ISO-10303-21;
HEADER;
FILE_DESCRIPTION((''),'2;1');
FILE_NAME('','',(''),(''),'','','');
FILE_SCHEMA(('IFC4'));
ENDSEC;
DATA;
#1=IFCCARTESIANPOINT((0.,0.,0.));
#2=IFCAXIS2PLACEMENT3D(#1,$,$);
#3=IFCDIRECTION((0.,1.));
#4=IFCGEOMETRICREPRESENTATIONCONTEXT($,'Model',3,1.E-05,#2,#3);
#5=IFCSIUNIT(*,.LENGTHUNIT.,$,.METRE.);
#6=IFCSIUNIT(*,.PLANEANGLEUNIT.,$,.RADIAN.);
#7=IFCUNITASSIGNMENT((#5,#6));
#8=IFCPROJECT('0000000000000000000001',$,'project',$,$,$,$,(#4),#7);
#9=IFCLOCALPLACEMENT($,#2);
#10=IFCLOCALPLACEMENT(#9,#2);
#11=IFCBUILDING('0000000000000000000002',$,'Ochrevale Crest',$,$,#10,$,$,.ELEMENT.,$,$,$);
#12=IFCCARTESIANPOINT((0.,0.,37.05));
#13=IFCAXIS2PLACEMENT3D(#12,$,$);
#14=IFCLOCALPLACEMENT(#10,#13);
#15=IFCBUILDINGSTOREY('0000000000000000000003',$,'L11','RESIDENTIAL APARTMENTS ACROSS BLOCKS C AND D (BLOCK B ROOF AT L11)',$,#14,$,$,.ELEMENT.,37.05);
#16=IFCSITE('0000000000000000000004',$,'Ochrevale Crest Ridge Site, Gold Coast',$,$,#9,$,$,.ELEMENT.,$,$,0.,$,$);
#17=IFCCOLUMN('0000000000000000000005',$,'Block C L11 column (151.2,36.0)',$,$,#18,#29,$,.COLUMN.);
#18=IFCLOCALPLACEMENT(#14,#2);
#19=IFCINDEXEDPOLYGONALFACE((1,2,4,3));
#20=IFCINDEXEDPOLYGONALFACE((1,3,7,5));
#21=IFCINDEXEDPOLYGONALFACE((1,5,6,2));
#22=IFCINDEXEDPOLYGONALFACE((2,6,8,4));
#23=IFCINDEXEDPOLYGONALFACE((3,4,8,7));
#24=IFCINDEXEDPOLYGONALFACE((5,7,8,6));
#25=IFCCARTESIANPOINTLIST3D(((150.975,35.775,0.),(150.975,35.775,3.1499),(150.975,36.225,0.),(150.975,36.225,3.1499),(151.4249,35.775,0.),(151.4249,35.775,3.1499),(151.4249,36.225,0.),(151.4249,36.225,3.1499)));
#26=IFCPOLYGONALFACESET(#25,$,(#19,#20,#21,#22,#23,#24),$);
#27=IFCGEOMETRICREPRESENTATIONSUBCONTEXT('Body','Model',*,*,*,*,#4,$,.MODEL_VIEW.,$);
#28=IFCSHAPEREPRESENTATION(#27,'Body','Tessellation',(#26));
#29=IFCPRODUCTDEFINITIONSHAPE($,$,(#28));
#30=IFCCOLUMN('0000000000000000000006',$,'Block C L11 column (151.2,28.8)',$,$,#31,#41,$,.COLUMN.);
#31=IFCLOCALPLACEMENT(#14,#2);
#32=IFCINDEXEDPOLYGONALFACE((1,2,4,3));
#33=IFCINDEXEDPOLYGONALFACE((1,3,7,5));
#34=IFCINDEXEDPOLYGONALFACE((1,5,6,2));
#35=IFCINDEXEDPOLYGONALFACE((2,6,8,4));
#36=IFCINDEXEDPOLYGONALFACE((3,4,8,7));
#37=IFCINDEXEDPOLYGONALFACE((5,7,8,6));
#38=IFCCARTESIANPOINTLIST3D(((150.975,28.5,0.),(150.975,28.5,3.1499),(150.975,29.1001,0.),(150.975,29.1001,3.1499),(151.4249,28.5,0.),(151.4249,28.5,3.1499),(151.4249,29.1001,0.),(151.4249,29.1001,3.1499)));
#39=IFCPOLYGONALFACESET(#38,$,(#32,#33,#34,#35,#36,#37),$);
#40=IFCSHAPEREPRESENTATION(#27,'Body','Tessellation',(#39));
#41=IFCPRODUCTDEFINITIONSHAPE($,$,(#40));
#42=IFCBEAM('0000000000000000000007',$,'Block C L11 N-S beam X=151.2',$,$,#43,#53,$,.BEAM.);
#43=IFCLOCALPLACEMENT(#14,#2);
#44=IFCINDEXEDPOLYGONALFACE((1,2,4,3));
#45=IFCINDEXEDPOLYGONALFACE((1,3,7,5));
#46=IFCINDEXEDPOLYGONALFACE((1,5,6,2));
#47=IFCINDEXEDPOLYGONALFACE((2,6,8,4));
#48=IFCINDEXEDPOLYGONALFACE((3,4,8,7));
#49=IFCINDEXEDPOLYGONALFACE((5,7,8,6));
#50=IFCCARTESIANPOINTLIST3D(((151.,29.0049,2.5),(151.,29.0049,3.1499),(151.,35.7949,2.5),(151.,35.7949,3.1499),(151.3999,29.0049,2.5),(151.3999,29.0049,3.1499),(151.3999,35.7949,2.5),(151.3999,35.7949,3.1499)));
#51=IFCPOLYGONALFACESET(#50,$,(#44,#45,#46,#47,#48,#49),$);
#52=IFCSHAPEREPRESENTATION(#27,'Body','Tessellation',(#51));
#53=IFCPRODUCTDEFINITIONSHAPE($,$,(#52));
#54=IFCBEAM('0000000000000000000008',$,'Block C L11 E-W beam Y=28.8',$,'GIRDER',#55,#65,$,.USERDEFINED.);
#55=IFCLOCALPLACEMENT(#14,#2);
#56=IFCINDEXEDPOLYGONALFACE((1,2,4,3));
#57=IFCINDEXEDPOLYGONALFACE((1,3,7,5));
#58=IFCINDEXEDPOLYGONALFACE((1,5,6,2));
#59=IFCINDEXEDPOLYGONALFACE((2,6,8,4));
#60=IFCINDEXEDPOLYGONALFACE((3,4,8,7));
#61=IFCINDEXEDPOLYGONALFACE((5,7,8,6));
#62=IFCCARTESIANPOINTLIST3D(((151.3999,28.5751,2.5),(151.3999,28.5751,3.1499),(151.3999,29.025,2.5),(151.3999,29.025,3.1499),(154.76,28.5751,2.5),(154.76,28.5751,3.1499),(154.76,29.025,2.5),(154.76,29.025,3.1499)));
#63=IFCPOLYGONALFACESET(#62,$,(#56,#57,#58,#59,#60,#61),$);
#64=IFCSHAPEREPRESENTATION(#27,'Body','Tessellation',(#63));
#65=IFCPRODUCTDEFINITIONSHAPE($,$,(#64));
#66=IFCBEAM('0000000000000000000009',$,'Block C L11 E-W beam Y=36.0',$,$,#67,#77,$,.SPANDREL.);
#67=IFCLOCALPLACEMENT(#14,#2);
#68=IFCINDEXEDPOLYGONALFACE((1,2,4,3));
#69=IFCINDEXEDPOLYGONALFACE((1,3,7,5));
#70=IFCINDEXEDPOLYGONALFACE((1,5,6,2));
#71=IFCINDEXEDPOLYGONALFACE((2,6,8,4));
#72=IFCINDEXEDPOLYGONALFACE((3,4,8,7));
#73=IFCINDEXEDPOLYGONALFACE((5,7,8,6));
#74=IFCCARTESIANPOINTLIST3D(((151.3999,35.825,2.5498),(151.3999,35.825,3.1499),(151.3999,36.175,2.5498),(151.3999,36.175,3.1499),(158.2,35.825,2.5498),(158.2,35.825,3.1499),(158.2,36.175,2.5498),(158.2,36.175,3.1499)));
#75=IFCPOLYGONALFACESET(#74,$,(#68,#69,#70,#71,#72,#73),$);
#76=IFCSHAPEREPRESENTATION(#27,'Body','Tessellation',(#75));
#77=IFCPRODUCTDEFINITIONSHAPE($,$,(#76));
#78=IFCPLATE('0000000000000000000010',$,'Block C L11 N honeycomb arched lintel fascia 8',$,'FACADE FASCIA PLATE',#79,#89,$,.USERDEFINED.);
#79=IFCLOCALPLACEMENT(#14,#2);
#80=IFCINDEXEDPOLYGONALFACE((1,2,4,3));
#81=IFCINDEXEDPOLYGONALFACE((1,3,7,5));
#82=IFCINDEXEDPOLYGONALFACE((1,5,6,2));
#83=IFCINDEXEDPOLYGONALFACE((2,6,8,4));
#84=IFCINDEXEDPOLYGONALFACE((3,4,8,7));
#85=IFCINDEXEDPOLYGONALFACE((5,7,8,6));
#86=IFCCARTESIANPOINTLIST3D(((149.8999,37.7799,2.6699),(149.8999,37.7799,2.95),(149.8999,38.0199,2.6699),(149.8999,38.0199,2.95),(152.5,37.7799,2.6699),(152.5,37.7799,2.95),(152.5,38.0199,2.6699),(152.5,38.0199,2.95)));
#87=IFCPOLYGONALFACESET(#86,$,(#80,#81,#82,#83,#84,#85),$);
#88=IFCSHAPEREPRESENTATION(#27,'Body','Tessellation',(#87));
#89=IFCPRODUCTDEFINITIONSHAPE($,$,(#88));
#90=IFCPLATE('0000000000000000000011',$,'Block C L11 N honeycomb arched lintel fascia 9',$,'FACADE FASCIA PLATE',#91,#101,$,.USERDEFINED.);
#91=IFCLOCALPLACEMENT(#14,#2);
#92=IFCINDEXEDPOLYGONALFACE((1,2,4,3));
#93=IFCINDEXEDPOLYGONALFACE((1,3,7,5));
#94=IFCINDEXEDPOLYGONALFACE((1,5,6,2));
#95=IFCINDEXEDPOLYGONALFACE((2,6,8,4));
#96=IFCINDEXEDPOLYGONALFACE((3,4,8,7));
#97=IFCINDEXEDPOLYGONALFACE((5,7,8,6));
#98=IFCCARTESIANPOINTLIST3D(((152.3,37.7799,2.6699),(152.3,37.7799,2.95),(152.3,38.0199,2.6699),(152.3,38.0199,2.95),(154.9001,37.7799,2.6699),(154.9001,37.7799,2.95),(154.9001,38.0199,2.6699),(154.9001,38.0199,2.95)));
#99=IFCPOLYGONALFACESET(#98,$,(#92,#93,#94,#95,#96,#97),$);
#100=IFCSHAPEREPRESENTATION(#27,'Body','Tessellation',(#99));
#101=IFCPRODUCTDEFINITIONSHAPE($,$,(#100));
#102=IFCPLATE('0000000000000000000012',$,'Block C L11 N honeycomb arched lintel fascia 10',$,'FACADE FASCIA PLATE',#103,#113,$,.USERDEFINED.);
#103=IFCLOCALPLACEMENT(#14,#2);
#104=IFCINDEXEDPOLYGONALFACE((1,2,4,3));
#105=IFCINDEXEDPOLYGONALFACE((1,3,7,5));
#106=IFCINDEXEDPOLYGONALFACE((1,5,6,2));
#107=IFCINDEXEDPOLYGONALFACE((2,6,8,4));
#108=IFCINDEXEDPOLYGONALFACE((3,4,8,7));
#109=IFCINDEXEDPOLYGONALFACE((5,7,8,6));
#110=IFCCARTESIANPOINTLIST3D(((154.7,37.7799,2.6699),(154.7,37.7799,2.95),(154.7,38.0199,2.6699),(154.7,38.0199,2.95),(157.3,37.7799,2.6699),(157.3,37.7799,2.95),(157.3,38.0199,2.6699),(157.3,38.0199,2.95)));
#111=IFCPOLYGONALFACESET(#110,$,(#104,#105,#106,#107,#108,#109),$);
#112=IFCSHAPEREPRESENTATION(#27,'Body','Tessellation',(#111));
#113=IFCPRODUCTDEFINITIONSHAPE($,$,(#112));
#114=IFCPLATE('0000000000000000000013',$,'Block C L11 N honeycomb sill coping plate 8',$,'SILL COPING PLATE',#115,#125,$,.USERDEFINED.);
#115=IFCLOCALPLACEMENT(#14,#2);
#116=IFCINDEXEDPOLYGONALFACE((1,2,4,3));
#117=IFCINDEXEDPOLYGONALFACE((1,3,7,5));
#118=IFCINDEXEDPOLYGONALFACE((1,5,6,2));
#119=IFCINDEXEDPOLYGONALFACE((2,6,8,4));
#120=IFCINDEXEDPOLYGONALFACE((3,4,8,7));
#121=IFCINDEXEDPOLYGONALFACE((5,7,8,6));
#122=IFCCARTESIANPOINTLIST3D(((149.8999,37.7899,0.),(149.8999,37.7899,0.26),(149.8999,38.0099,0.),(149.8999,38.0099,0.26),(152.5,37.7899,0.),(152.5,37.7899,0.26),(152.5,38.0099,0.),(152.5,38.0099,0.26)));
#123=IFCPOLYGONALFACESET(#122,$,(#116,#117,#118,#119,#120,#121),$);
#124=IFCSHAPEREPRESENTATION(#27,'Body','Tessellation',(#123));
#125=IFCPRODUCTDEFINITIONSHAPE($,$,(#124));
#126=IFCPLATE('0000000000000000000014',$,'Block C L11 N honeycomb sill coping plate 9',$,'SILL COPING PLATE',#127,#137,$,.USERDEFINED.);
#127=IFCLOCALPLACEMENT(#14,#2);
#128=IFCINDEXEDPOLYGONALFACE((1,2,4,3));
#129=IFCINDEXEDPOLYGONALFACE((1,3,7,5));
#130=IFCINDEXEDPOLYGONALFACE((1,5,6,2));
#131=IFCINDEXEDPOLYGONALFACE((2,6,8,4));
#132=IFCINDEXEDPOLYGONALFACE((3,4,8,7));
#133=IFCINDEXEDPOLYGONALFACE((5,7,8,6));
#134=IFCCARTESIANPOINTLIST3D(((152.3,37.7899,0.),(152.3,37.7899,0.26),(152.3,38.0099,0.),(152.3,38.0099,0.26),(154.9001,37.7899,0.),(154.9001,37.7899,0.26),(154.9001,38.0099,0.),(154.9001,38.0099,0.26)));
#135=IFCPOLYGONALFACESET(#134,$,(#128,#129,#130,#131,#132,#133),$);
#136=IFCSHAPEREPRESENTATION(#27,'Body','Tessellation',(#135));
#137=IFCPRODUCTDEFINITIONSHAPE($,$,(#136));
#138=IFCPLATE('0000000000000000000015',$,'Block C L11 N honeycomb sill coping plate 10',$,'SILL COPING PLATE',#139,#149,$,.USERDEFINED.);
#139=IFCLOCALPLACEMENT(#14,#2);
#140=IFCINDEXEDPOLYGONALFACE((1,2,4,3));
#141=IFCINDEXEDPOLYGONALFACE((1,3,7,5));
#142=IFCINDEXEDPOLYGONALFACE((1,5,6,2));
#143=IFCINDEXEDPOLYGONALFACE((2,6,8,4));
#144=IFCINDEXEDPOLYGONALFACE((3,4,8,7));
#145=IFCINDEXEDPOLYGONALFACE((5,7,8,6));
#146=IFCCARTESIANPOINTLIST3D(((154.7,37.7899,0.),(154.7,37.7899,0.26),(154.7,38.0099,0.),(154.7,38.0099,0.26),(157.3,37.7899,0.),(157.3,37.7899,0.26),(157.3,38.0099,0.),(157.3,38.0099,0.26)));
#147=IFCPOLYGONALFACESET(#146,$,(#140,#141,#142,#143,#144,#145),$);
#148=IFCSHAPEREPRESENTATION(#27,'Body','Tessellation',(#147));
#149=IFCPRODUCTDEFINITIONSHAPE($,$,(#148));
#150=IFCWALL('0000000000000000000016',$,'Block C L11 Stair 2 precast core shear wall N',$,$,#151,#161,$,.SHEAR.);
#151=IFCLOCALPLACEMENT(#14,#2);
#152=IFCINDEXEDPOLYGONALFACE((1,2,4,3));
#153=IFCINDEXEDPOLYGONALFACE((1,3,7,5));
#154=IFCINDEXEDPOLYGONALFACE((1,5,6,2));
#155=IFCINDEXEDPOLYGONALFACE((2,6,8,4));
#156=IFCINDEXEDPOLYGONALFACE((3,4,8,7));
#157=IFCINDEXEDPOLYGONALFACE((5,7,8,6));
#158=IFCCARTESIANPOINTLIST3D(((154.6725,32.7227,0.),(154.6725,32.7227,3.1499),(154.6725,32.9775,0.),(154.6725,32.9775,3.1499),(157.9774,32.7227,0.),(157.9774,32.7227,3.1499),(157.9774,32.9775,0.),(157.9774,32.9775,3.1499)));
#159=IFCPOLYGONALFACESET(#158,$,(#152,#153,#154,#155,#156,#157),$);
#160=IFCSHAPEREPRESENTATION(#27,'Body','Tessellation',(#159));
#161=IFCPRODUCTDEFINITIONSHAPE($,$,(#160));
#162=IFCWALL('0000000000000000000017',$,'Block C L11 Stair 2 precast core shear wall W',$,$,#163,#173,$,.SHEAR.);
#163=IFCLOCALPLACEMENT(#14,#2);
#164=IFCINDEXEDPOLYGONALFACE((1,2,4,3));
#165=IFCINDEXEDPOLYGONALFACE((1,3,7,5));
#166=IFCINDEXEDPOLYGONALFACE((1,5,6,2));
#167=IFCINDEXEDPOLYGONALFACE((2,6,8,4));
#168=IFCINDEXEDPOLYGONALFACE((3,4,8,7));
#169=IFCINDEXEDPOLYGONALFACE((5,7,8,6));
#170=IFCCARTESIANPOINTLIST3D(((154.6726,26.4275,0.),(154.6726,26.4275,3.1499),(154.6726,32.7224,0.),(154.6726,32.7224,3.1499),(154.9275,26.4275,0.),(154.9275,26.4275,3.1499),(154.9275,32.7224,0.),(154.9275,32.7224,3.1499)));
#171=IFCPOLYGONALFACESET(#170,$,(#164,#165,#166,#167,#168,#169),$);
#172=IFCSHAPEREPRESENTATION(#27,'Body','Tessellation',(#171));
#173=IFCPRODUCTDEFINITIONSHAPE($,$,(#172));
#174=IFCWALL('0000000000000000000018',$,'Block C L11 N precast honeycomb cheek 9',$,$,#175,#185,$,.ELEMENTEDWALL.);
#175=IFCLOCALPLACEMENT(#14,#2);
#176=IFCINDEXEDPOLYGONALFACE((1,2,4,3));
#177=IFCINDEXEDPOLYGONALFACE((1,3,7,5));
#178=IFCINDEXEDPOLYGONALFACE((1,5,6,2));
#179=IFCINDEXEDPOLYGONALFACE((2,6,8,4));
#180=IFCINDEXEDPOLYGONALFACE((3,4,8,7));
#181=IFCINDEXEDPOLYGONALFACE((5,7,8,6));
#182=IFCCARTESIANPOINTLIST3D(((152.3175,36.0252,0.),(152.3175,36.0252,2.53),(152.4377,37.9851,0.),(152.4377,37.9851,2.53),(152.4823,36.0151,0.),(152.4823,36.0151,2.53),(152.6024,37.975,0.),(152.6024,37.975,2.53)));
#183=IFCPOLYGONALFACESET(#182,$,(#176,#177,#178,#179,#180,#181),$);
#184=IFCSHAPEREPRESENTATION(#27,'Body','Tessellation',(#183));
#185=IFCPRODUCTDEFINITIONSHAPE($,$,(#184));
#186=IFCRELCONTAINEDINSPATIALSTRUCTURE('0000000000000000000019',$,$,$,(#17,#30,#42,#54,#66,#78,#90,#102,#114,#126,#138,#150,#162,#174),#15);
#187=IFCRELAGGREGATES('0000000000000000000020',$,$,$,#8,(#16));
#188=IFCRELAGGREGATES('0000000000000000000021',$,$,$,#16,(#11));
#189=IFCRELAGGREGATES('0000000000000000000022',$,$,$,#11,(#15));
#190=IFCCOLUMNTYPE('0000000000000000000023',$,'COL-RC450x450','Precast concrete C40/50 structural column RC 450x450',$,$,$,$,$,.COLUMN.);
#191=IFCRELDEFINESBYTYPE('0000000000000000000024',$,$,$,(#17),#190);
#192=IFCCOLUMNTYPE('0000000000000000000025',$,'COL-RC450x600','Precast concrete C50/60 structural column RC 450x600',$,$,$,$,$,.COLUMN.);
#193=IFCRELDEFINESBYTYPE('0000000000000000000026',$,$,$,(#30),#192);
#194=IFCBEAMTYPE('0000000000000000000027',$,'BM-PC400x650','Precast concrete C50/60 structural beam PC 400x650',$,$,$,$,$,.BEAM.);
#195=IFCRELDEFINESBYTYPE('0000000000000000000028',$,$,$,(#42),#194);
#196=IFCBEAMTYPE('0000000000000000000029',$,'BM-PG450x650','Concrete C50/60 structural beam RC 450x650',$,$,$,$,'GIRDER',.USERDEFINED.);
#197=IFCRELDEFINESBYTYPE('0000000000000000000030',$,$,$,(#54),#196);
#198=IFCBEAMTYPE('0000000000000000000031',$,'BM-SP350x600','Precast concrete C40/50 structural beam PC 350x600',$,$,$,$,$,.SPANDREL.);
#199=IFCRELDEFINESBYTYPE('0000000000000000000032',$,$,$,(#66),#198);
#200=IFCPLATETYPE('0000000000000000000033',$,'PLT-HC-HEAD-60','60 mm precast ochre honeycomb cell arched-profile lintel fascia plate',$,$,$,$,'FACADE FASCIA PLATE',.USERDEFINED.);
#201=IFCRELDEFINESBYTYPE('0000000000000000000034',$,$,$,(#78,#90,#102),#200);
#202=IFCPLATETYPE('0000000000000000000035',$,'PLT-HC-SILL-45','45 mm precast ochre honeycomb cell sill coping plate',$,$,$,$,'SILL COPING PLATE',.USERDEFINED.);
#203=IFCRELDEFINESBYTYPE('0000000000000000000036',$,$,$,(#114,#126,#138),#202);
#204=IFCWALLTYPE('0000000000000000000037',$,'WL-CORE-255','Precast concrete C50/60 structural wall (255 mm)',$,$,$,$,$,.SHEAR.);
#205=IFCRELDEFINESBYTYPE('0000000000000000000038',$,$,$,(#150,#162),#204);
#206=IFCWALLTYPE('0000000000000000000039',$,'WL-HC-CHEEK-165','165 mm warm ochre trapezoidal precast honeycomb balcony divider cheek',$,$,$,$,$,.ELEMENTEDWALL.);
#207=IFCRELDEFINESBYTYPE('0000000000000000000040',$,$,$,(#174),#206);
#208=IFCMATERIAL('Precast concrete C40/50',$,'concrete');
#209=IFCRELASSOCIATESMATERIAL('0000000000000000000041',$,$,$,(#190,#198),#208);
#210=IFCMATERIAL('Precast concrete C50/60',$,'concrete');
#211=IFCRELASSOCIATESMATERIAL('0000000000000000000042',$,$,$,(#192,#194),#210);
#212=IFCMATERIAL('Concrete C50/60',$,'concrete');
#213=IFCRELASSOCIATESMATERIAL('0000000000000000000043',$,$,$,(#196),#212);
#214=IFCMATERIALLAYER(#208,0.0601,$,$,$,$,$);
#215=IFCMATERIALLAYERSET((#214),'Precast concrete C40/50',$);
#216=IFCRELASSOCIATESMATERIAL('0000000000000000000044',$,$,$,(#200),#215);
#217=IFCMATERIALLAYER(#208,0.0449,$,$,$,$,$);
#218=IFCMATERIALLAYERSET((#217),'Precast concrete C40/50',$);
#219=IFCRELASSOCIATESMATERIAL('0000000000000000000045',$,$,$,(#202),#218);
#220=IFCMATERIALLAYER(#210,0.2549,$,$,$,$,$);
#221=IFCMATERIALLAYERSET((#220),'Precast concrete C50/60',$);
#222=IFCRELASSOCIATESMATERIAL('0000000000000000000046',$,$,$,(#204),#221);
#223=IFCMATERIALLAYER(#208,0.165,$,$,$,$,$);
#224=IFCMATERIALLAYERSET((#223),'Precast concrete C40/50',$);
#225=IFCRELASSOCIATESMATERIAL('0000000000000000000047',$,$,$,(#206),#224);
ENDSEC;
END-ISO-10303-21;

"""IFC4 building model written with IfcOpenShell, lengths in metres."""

from ifc_helpers import new_model, si_unit, direction, frame, frame_2d, origin, origin_2d, place, context, subcontext, project, spatial, rectangle, extrude, material, layer, layer_set, material_profile, profile_set, type_object, element, save


model = new_model("IFC4")

# Units and contexts
model_context = context("Model", 3, precision=1e-05, world=origin(), true_north=direction((0.0, 1.0)))
body_context = subcontext(model_context, "Body", "Model", "MODEL_VIEW")
ifc_project = project(units=[si_unit("LENGTHUNIT", "METRE"), si_unit("PLANEANGLEUNIT", "RADIAN")], contexts=[model_context])

# Site, building, storey
site_placement = place(None, origin())
site = spatial("IfcSite", under=ifc_project, at=site_placement, Name="Ochrevale Crest Ridge Site, Gold Coast", CompositionType="ELEMENT", RefElevation=0.0)
building_placement = place(site_placement, origin())
building = spatial("IfcBuilding", under=site, at=building_placement, Name="Ochrevale Crest", CompositionType="ELEMENT")
storey_placement = place(building_placement, frame((0.0, 0.0, 37.05)))
storey = spatial("IfcBuildingStorey", under=building, at=storey_placement, Name="L11", Description="RESIDENTIAL APARTMENTS ACROSS BLOCKS C AND D (BLOCK B ROOF AT L11)", CompositionType="ELEMENT", Elevation=37.05)

# Columns
ifc_material_1 = material(Name="Precast concrete C40/50", Category="concrete")
ifc_material_profile_1 = material_profile(ifc_material_1, rectangle(XDim=0.45, YDim=0.45, at=origin_2d()), Name="RC 450x450")
ifc_profile_set_1 = profile_set([ifc_material_profile_1], Name="Precast concrete C40/50")
column_type_1 = type_object("IfcColumnType", Name="COL-RC450x450", Description="Precast concrete C40/50 structural column RC 450x450", PredefinedType="COLUMN", material=ifc_profile_set_1)
column_1_placement = place(storey_placement, frame((151.2, 36.0, 0.0), z_axis=(0.0, 0.0, 1.0), x_axis=(1.0, 0.0, 0.0)))
element("IfcColumn", 1, at=column_1_placement, inside=storey, type_object=column_type_1, Name="Block C L11 column (151.2,36.0)", PredefinedType="COLUMN", context=body_context, shape_type="SweptSolid", body=[
    extrude(rectangle(XDim=0.45, YDim=0.45, at=origin_2d()), origin(), (0.0, 0.0, 1.0), 3.1499),
])
ifc_material_2 = material(Name="Precast concrete C50/60", Category="concrete")
ifc_material_profile_2 = material_profile(ifc_material_2, rectangle(XDim=0.45, YDim=0.6001, at=origin_2d()), Name="RC 450x600")
ifc_profile_set_2 = profile_set([ifc_material_profile_2], Name="Precast concrete C50/60")
column_type_2 = type_object("IfcColumnType", Name="COL-RC450x600", Description="Precast concrete C50/60 structural column RC 450x600", PredefinedType="COLUMN", material=ifc_profile_set_2)
column_2_placement = place(storey_placement, frame((151.2, 28.8, 0.0), z_axis=(0.0, 0.0, 1.0), x_axis=(1.0, 0.0, 0.0)))
element("IfcColumn", 2, at=column_2_placement, inside=storey, type_object=column_type_2, Name="Block C L11 column (151.2,28.8)", PredefinedType="COLUMN", context=body_context, shape_type="SweptSolid", body=[
    extrude(rectangle(XDim=0.45, YDim=0.6001, at=origin_2d()), origin(), (0.0, 0.0, 1.0), 3.1499),
])

# Beams
ifc_material_profile_3 = material_profile(ifc_material_2, rectangle(XDim=0.3999, YDim=0.6499, at=origin_2d()), Name="PC 400x650")
ifc_profile_set_3 = profile_set([ifc_material_profile_3], Name="Precast concrete C50/60")
beam_type_1 = type_object("IfcBeamType", Name="BM-PC400x650", Description="Precast concrete C50/60 structural beam PC 400x650", PredefinedType="BEAM", material=ifc_profile_set_3)
beam_1_placement = place(storey_placement, frame((151.2, 29.0049, 2.825), z_axis=(0.0, 1.0, 0.0), x_axis=(-1.0, 0.0, 0.0)))
element("IfcBeam", 3, at=beam_1_placement, inside=storey, type_object=beam_type_1, Name="Block C L11 N-S beam X=151.2", PredefinedType="BEAM", context=body_context, shape_type="SweptSolid", body=[
    extrude(rectangle(XDim=0.3999, YDim=0.6499, at=origin_2d()), origin(), (0.0, 0.0, 1.0), 6.79),
])
ifc_material_3 = material(Name="Concrete C50/60", Category="concrete")
ifc_material_profile_4 = material_profile(ifc_material_3, rectangle(XDim=0.45, YDim=0.6499, at=origin_2d()), Name="RC 450x650")
ifc_profile_set_4 = profile_set([ifc_material_profile_4], Name="Concrete C50/60")
beam_type_2 = type_object("IfcBeamType", Name="BM-PG450x650", Description="Concrete C50/60 structural beam RC 450x650", ElementType="GIRDER", PredefinedType="USERDEFINED", material=ifc_profile_set_4)
beam_2_placement = place(storey_placement, frame((151.3999, 28.8, 2.825), z_axis=(1.0, 0.0, 0.0), x_axis=(0.0, 1.0, 0.0)))
element("IfcBeam", 4, at=beam_2_placement, inside=storey, type_object=beam_type_2, Name="Block C L11 E-W beam Y=28.8", ObjectType="GIRDER", PredefinedType="USERDEFINED", context=body_context, shape_type="SweptSolid", body=[
    extrude(rectangle(XDim=0.45, YDim=0.6499, at=origin_2d()), origin(), (0.0, 0.0, 1.0), 3.3601),
])
ifc_material_profile_5 = material_profile(ifc_material_1, rectangle(XDim=0.3501, YDim=0.6001, at=origin_2d()), Name="PC 350x600")
ifc_profile_set_5 = profile_set([ifc_material_profile_5], Name="Precast concrete C40/50")
beam_type_3 = type_object("IfcBeamType", Name="BM-SP350x600", Description="Precast concrete C40/50 structural beam PC 350x600", PredefinedType="SPANDREL", material=ifc_profile_set_5)
beam_3_placement = place(storey_placement, frame((151.3999, 36.0, 2.8499), z_axis=(1.0, 0.0, 0.0), x_axis=(0.0, 1.0, 0.0)))
element("IfcBeam", 5, at=beam_3_placement, inside=storey, type_object=beam_type_3, Name="Block C L11 E-W beam Y=36.0", PredefinedType="SPANDREL", context=body_context, shape_type="SweptSolid", body=[
    extrude(rectangle(XDim=0.3501, YDim=0.6001, at=origin_2d()), origin(), (0.0, 0.0, 1.0), 6.8),
])

# Plates
ifc_layer_1 = layer(ifc_material_1, 0.0601)
ifc_layer_set_1 = layer_set([ifc_layer_1], Name="Precast concrete C40/50")
plate_type_1 = type_object("IfcPlateType", Name="PLT-HC-HEAD-60", Description="60 mm precast ochre honeycomb cell arched-profile lintel fascia plate", ElementType="FACADE FASCIA PLATE", PredefinedType="USERDEFINED", material=ifc_layer_set_1)
for number, where, z_axis, x_axis, name in (
    (6, (151.2, 37.8999, 2.6699), (0.0, 0.0, 1.0), (1.0, 0.0, 0.0), "Block C L11 N honeycomb arched lintel fascia 8"),
    (7, (153.6001, 37.8999, 2.6699), (0.0, 0.0, 1.0), (1.0, 0.0, 0.0), "Block C L11 N honeycomb arched lintel fascia 9"),
    (8, (156.0, 37.8999, 2.6699), (0.0, 0.0, 1.0), (1.0, 0.0, 0.0), "Block C L11 N honeycomb arched lintel fascia 10"),
):
    element("IfcPlate", number, at=place(storey_placement, frame(where, z_axis=z_axis, x_axis=x_axis)), inside=storey, type_object=plate_type_1, Name=name, ObjectType="FACADE FASCIA PLATE", PredefinedType="USERDEFINED", context=body_context, shape_type="SweptSolid", body=[
        extrude(rectangle(XDim=2.6001, YDim=0.24, at=origin_2d()), origin(), (0.0, 0.0, 1.0), 0.28),
    ])
ifc_layer_2 = layer(ifc_material_1, 0.0449)
ifc_layer_set_2 = layer_set([ifc_layer_2], Name="Precast concrete C40/50")
plate_type_2 = type_object("IfcPlateType", Name="PLT-HC-SILL-45", Description="45 mm precast ochre honeycomb cell sill coping plate", ElementType="SILL COPING PLATE", PredefinedType="USERDEFINED", material=ifc_layer_set_2)
for number, where, z_axis, x_axis, name in (
    (9, (151.2, 37.8999, 0.0), (0.0, 0.0, 1.0), (1.0, 0.0, 0.0), "Block C L11 N honeycomb sill coping plate 8"),
    (10, (153.6001, 37.8999, 0.0), (0.0, 0.0, 1.0), (1.0, 0.0, 0.0), "Block C L11 N honeycomb sill coping plate 9"),
    (11, (156.0, 37.8999, 0.0), (0.0, 0.0, 1.0), (1.0, 0.0, 0.0), "Block C L11 N honeycomb sill coping plate 10"),
):
    element("IfcPlate", number, at=place(storey_placement, frame(where, z_axis=z_axis, x_axis=x_axis)), inside=storey, type_object=plate_type_2, Name=name, ObjectType="SILL COPING PLATE", PredefinedType="USERDEFINED", context=body_context, shape_type="SweptSolid", body=[
        extrude(rectangle(XDim=2.6001, YDim=0.22, at=origin_2d()), origin(), (0.0, 0.0, 1.0), 0.26),
    ])

# Shared definitions
ifc_layer_3 = layer(ifc_material_2, 0.2549)
ifc_layer_set_3 = layer_set([ifc_layer_3], Name="Precast concrete C50/60")
wall_type_1 = type_object("IfcWallType", Name="WL-CORE-255", Description="Precast concrete C50/60 structural wall (255 mm)", PredefinedType="SHEAR", material=ifc_layer_set_3)

# Walls
wall_1_placement = place(storey_placement, frame((154.6726, 32.8501, 0.0), z_axis=(0.0, 0.0, 1.0), x_axis=(1.0, 0.0, 0.0)))
element("IfcWall", 12, at=wall_1_placement, inside=storey, type_object=wall_type_1, Name="Block C L11 Stair 2 precast core shear wall N", PredefinedType="SHEAR", context=body_context, shape_type="SweptSolid", body=[
    extrude(rectangle(XDim=3.3049, YDim=0.2549, at=frame_2d((1.6523, 0.0))), origin(), (0.0, 0.0, 1.0), 3.1499),
])
wall_2_placement = place(storey_placement, frame((154.8, 26.4275, 0.0), z_axis=(0.0, 0.0, 1.0), x_axis=(0.0, 1.0, 0.0)))
element("IfcWall", 13, at=wall_2_placement, inside=storey, type_object=wall_type_1, Name="Block C L11 Stair 2 precast core shear wall W", PredefinedType="SHEAR", context=body_context, shape_type="SweptSolid", body=[
    extrude(rectangle(XDim=6.2949, YDim=0.2549, at=frame_2d((3.1475, 0.0))), origin(), (0.0, 0.0, 1.0), 3.1499),
])
ifc_layer_4 = layer(ifc_material_1, 0.165)
ifc_layer_set_4 = layer_set([ifc_layer_4], Name="Precast concrete C40/50")
wall_type_2 = type_object("IfcWallType", Name="WL-HC-CHEEK-165", Description="165 mm warm ochre trapezoidal precast honeycomb balcony divider cheek", PredefinedType="ELEMENTEDWALL", material=ifc_layer_set_4)
for number, where, z_axis, x_axis, name in (
    (14, (152.3999, 36.02, 0.0), (0.0, 0.0, 1.0), (0.061171, 0.998127, 0.0), "Block C L11 N precast honeycomb cheek 9"),
):
    element("IfcWall", number, at=place(storey_placement, frame(where, z_axis=z_axis, x_axis=x_axis)), inside=storey, type_object=wall_type_2, Name=name, PredefinedType="ELEMENTEDWALL", context=body_context, shape_type="SweptSolid", body=[
        extrude(rectangle(XDim=1.9636, YDim=0.165, at=frame_2d((0.9819, 0.0))), origin(), (0.0, 0.0, 1.0), 2.53),
    ])

save(model, "model.ifc")
